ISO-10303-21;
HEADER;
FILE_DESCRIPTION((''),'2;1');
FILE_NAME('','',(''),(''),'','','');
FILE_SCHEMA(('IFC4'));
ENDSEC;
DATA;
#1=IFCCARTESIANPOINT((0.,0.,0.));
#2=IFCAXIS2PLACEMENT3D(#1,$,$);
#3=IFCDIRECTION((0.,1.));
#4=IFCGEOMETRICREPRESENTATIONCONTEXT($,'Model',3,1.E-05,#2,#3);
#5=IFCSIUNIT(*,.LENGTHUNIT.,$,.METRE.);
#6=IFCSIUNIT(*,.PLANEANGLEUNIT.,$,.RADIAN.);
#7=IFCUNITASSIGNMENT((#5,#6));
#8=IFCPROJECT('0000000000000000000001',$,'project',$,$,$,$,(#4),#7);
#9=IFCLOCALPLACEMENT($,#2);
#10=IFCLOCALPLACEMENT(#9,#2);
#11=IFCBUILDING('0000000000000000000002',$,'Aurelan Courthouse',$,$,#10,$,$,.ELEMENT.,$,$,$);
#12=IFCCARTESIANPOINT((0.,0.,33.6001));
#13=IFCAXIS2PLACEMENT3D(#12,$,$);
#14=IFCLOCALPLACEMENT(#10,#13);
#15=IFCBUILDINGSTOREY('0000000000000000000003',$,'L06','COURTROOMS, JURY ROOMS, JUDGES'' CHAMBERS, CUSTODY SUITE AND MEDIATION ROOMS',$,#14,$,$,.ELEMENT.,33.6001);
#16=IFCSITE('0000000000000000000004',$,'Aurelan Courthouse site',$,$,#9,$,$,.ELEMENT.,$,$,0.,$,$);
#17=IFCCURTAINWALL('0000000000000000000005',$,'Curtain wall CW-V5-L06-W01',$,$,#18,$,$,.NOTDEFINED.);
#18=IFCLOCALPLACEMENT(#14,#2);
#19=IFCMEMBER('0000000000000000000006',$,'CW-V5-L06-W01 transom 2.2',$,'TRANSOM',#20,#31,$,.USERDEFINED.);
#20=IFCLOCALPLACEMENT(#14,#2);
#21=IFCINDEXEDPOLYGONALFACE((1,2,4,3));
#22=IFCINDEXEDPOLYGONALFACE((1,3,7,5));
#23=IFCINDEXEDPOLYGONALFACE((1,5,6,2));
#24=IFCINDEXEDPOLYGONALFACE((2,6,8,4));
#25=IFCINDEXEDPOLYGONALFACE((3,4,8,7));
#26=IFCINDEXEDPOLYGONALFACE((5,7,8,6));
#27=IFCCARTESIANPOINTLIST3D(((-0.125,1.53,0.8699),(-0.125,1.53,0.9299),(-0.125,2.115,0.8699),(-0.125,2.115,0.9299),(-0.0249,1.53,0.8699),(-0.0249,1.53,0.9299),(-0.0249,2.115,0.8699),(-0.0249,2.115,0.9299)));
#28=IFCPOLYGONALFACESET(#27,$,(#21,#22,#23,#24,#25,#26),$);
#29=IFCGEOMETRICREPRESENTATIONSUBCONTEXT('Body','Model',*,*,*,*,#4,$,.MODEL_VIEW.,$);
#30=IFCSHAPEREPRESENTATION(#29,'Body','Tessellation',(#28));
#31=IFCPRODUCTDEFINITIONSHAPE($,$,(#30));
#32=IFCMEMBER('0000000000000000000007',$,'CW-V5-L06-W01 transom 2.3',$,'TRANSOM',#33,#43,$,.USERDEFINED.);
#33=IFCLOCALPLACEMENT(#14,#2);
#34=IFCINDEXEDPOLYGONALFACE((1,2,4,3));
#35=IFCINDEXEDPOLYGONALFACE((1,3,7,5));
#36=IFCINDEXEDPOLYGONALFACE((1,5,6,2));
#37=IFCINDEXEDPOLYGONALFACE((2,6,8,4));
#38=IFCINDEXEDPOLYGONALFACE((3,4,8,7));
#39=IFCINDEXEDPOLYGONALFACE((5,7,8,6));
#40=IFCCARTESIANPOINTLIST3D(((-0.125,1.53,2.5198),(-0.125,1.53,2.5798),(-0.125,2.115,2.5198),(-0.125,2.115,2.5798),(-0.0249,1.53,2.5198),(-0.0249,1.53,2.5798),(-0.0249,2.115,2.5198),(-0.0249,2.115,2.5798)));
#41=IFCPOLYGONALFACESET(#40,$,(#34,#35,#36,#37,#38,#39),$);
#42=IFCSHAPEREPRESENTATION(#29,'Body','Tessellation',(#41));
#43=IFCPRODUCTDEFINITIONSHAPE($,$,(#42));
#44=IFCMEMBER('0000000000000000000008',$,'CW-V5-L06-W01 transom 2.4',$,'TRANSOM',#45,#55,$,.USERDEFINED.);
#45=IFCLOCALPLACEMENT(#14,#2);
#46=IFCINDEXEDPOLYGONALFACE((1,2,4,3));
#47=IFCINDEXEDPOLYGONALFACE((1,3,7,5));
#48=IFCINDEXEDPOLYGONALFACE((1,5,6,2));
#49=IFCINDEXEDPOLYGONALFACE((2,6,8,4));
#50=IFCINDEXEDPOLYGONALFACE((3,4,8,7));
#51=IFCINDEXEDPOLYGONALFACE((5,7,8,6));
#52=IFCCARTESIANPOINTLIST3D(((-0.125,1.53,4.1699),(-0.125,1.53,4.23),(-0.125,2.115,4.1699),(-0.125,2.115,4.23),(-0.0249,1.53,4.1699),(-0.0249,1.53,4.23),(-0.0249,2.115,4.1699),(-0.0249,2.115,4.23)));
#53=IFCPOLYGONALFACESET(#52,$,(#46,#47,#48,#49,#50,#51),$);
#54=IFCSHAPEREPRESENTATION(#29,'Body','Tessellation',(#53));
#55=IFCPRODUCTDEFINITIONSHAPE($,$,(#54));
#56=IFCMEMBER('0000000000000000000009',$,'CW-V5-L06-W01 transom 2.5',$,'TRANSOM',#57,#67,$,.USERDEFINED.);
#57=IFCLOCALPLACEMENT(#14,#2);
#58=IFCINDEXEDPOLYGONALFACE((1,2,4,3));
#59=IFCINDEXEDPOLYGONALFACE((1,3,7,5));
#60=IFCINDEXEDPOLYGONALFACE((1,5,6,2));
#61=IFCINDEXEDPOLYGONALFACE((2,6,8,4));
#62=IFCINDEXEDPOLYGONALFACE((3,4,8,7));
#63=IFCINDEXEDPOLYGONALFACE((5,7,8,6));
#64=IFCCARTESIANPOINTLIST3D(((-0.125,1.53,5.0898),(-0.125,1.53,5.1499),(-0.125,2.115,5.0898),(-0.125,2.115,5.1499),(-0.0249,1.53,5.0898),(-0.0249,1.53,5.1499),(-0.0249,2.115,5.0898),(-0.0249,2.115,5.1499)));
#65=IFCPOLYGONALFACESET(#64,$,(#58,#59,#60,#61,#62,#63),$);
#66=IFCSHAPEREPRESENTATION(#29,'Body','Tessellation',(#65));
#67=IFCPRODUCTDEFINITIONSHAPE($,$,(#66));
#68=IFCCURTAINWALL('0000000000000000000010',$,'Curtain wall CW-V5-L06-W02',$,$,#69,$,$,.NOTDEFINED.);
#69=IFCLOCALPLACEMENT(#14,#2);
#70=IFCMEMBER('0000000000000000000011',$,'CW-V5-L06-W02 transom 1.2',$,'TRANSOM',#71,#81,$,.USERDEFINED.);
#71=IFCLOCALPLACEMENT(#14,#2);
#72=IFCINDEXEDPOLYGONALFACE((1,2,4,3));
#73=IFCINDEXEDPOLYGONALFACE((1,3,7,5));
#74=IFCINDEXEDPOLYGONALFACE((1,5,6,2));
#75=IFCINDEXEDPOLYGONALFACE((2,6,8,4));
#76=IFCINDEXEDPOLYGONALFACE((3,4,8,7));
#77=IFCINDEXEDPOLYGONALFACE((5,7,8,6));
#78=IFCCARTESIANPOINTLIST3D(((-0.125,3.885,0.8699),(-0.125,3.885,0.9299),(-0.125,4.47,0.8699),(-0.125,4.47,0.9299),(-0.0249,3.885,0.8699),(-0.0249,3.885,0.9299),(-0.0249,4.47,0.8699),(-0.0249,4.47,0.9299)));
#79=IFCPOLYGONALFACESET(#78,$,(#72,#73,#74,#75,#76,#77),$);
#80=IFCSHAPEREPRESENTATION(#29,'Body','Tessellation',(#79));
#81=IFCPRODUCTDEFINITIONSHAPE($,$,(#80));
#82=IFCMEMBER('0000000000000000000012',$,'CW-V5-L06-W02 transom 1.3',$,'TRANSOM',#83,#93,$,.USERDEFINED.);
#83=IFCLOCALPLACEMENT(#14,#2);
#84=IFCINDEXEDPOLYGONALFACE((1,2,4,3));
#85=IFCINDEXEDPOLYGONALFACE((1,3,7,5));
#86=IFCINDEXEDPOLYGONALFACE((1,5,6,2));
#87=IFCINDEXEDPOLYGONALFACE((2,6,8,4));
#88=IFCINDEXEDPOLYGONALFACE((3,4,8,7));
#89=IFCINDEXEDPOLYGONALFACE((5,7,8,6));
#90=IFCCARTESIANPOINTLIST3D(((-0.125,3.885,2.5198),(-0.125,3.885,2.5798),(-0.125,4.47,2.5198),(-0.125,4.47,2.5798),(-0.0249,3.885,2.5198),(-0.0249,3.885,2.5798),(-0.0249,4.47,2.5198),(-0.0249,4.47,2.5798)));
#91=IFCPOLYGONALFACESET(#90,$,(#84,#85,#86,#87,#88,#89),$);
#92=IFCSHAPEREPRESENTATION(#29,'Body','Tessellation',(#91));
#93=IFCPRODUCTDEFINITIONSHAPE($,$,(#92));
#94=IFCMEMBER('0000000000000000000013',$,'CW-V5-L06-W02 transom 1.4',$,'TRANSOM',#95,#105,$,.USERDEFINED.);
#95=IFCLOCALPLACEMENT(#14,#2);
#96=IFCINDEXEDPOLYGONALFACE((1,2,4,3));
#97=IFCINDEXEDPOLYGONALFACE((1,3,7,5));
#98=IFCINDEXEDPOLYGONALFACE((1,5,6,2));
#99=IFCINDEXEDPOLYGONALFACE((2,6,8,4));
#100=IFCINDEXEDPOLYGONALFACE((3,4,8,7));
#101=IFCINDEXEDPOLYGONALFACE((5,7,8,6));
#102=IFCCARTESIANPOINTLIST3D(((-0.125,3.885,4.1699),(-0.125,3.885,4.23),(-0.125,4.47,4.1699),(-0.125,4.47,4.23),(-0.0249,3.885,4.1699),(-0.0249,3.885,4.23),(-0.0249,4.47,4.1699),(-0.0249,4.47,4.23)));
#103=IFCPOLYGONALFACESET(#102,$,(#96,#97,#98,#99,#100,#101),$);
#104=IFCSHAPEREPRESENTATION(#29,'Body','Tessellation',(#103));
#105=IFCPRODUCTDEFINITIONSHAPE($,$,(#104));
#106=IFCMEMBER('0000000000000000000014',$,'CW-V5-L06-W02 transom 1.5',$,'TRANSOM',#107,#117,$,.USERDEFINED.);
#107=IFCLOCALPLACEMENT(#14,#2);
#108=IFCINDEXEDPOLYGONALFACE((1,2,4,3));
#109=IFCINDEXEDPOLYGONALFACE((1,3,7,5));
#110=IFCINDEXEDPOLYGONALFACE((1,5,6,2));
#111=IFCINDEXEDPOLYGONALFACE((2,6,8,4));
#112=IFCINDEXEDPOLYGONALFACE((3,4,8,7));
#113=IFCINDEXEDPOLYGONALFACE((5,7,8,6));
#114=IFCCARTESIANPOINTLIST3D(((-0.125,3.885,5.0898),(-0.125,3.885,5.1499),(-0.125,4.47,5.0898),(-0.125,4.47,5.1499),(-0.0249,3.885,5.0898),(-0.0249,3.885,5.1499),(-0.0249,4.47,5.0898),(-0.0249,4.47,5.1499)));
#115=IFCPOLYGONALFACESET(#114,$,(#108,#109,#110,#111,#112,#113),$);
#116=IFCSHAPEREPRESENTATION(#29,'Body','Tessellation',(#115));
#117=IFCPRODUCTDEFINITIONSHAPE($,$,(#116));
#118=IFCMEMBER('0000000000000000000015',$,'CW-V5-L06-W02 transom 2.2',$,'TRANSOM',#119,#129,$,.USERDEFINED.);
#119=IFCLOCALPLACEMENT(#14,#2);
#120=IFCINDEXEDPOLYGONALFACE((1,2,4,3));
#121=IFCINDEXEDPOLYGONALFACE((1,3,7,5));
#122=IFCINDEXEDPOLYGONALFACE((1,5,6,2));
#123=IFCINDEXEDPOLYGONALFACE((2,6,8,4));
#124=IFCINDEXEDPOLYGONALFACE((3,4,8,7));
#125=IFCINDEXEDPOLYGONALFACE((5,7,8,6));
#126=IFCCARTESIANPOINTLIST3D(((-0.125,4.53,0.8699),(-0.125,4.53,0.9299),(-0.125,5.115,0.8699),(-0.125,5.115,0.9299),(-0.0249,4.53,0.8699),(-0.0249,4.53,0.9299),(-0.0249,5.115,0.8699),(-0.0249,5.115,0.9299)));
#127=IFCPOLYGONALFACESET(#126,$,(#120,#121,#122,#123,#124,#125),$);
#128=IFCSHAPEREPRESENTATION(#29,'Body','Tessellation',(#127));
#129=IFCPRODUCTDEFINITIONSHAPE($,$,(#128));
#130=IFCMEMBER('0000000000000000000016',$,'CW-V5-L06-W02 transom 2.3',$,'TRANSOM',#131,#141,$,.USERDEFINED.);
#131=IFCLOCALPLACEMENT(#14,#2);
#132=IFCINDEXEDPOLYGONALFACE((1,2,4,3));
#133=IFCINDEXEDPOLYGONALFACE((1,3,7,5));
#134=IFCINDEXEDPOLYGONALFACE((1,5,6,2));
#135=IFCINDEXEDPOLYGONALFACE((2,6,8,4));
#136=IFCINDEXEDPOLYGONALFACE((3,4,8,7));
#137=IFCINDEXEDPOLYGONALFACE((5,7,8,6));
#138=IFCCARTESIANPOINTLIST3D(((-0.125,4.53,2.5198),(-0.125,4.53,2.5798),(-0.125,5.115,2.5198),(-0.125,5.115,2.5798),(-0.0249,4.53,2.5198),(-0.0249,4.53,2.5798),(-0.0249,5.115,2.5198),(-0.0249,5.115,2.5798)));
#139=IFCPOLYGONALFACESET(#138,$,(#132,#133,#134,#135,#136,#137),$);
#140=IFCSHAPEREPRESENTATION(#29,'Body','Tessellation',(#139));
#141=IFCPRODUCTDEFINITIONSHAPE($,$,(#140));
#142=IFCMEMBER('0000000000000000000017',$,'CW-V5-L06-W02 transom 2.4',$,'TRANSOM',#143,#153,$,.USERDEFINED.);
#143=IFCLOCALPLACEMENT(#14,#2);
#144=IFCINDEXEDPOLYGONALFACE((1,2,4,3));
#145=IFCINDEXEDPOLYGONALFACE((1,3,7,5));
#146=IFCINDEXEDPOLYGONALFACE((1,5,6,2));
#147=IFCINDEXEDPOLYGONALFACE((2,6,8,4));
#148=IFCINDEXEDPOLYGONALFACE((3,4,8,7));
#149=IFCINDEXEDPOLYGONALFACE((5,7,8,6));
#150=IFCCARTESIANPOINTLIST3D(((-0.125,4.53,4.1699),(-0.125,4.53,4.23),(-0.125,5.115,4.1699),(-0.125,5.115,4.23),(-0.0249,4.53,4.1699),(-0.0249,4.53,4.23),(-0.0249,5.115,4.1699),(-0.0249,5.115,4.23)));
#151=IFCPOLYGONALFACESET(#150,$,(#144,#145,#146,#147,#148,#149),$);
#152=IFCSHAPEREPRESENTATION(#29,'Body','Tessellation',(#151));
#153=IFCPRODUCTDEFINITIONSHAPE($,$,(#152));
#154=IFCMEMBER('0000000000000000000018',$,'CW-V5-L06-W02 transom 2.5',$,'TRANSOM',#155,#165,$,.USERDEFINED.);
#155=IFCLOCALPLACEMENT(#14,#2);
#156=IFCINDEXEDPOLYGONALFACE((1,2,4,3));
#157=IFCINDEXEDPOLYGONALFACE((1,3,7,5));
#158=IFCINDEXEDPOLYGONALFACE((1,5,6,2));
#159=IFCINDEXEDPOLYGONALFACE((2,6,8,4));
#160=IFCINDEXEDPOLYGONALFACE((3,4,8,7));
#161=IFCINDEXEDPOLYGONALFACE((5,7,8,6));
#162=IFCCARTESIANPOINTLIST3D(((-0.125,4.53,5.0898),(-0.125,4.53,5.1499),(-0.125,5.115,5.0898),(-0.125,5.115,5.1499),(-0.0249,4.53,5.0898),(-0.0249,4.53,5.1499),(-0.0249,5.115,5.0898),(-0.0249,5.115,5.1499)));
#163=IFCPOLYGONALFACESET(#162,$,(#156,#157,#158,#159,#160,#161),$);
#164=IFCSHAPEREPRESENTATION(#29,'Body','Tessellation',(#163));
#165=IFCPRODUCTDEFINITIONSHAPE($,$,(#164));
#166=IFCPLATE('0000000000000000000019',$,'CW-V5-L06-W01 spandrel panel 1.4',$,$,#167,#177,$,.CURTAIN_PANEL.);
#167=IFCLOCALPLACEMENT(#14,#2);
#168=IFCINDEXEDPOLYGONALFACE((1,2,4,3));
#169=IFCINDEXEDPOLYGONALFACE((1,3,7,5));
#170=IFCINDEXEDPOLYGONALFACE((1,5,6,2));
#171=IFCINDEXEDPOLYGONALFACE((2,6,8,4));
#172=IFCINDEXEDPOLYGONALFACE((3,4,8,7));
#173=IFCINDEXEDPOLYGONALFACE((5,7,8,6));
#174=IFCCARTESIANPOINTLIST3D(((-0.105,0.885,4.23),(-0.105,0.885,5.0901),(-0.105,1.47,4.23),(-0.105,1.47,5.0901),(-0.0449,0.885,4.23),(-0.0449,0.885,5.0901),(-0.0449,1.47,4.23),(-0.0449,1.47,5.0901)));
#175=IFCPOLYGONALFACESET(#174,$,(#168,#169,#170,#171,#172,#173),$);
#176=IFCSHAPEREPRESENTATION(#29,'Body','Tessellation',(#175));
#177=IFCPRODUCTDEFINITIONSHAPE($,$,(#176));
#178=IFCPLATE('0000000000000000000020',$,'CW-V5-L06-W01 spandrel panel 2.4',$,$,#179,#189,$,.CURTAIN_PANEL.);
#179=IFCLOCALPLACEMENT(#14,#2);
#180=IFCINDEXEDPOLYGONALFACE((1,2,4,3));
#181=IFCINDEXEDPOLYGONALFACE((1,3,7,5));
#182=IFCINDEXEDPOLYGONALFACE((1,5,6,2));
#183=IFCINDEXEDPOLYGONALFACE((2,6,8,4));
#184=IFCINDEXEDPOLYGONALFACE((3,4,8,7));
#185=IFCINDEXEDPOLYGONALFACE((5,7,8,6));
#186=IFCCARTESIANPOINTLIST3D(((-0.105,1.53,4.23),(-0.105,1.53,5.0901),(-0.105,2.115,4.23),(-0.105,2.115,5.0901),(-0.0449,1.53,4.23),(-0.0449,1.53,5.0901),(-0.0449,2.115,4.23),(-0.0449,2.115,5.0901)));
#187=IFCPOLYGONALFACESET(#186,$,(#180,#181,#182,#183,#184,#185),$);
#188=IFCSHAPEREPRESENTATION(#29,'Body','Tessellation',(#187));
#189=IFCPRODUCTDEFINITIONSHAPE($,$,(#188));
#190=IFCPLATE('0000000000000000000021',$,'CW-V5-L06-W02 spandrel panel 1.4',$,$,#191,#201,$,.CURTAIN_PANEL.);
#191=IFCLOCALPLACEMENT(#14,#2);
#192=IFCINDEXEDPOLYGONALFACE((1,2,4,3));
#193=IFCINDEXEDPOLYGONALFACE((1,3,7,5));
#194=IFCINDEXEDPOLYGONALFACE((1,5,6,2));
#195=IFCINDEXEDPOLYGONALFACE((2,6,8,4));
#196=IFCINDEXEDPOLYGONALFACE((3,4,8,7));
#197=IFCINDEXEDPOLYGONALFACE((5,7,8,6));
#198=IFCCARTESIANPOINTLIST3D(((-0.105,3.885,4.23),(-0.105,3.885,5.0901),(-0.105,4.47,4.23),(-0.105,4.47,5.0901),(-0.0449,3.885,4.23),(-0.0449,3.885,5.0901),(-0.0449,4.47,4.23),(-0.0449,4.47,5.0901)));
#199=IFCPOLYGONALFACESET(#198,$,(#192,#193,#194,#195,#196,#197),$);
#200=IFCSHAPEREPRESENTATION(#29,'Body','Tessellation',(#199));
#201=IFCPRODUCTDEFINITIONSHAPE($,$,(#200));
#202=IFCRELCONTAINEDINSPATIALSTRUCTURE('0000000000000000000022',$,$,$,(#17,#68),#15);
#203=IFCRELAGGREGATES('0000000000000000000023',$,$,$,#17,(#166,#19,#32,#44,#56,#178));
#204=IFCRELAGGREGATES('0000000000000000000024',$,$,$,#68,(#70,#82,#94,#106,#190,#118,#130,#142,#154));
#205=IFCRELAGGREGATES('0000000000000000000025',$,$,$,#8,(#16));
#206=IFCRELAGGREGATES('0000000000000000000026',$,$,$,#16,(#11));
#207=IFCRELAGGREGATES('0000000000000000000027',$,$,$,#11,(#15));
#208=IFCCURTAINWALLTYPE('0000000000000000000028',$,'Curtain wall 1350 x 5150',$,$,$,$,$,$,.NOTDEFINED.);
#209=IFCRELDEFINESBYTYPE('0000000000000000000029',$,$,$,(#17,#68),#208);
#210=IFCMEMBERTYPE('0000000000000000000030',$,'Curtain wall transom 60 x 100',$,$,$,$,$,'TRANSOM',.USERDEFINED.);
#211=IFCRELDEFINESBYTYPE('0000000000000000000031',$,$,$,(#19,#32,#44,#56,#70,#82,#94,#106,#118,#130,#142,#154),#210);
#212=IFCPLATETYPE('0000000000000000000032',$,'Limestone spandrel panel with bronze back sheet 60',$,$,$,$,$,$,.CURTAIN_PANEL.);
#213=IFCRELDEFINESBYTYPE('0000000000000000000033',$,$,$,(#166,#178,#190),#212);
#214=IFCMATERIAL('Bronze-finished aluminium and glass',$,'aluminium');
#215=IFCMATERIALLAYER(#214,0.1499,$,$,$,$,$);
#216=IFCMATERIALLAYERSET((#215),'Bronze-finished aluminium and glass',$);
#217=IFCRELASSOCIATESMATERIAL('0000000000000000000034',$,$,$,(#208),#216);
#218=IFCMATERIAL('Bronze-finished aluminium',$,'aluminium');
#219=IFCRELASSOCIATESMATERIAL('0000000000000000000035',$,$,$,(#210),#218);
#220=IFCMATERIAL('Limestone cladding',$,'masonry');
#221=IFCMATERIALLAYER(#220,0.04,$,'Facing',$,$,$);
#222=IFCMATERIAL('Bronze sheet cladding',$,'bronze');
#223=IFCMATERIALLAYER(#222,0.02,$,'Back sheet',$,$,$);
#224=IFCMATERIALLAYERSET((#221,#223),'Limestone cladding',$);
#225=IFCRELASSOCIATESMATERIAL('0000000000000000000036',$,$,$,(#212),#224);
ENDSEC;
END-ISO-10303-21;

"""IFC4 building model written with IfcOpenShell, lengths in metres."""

from ifc_helpers import new_model, si_unit, direction, frame, origin, origin_2d, place, context, subcontext, project, spatial, rectangle, extrude, material, layer, layer_set, material_profile, profile_set, type_object, element, aggregate, save


model = new_model("IFC4")

# Units and contexts
model_context = context("Model", 3, precision=1e-05, world=origin(), true_north=direction((0.0, 1.0)))
body_context = subcontext(model_context, "Body", "Model", "MODEL_VIEW")
ifc_project = project(units=[si_unit("LENGTHUNIT", "METRE"), si_unit("PLANEANGLEUNIT", "RADIAN")], contexts=[model_context])

# Site, building, storey
site_placement = place(None, origin())
site = spatial("IfcSite", under=ifc_project, at=site_placement, Name="Aurelan Courthouse site", CompositionType="ELEMENT", RefElevation=0.0)
building_placement = place(site_placement, origin())
building = spatial("IfcBuilding", under=site, at=building_placement, Name="Aurelan Courthouse", CompositionType="ELEMENT")
storey_placement = place(building_placement, frame((0.0, 0.0, 33.6001)))
storey = spatial("IfcBuildingStorey", under=building, at=storey_placement, Name="L06", Description="COURTROOMS, JURY ROOMS, JUDGES' CHAMBERS, CUSTODY SUITE AND MEDIATION ROOMS", CompositionType="ELEMENT", Elevation=33.6001)

# Curtain walls, members
ifc_material_1 = material(Name="Bronze-finished aluminium and glass", Category="aluminium")
ifc_layer_1 = layer(ifc_material_1, 0.1499)
ifc_layer_set_1 = layer_set([ifc_layer_1], Name="Bronze-finished aluminium and glass")
curtain_wall_type = type_object("IfcCurtainWallType", Name="Curtain wall 1350 x 5150", PredefinedType="NOTDEFINED", material=ifc_layer_set_1)
curtain_wall_1_placement = place(storey_placement, origin())
curtain_wall_1 = element("IfcCurtainWall", 1, at=curtain_wall_1_placement, inside=storey, type_object=curtain_wall_type, Name="Curtain wall CW-V5-L06-W01", PredefinedType="NOTDEFINED")
ifc_material_2 = material(Name="Bronze-finished aluminium", Category="aluminium")
ifc_material_profile = material_profile(ifc_material_2, rectangle(XDim=0.1001, YDim=0.0601, at=origin_2d()), Name="Bronze transom 60 x 100")
ifc_profile_set = profile_set([ifc_material_profile], Name="Bronze-finished aluminium")
member_type = type_object("IfcMemberType", Name="Curtain wall transom 60 x 100", ElementType="TRANSOM", PredefinedType="USERDEFINED", material=ifc_profile_set)
member_1_placement = place(storey_placement, frame((-0.075, 1.53, 0.8999), z_axis=(0.0, 1.0, 0.0), x_axis=(-1.0, 0.0, 0.0)))
member_1 = element("IfcMember", 2, at=member_1_placement, type_object=member_type, Name="CW-V5-L06-W01 transom 2.2", ObjectType="TRANSOM", PredefinedType="USERDEFINED", context=body_context, shape_type="SweptSolid", body=[
    extrude(rectangle(XDim=0.1001, YDim=0.0601, at=origin_2d()), origin(), (0.0, 0.0, 1.0), 0.585),
])
member_2_placement = place(storey_placement, frame((-0.075, 1.53, 2.5498), z_axis=(0.0, 1.0, 0.0), x_axis=(-1.0, 0.0, 0.0)))
member_2 = element("IfcMember", 3, at=member_2_placement, type_object=member_type, Name="CW-V5-L06-W01 transom 2.3", ObjectType="TRANSOM", PredefinedType="USERDEFINED", context=body_context, shape_type="SweptSolid", body=[
    extrude(rectangle(XDim=0.1001, YDim=0.0601, at=origin_2d()), origin(), (0.0, 0.0, 1.0), 0.585),
])
member_3_placement = place(storey_placement, frame((-0.075, 1.53, 4.2), z_axis=(0.0, 1.0, 0.0), x_axis=(-1.0, 0.0, 0.0)))
member_3 = element("IfcMember", 4, at=member_3_placement, type_object=member_type, Name="CW-V5-L06-W01 transom 2.4", ObjectType="TRANSOM", PredefinedType="USERDEFINED", context=body_context, shape_type="SweptSolid", body=[
    extrude(rectangle(XDim=0.1001, YDim=0.0601, at=origin_2d()), origin(), (0.0, 0.0, 1.0), 0.585),
])
member_4_placement = place(storey_placement, frame((-0.075, 1.53, 5.1199), z_axis=(0.0, 1.0, 0.0), x_axis=(-1.0, 0.0, 0.0)))
member_4 = element("IfcMember", 5, at=member_4_placement, type_object=member_type, Name="CW-V5-L06-W01 transom 2.5", ObjectType="TRANSOM", PredefinedType="USERDEFINED", context=body_context, shape_type="SweptSolid", body=[
    extrude(rectangle(XDim=0.1001, YDim=0.0601, at=origin_2d()), origin(), (0.0, 0.0, 1.0), 0.585),
])
curtain_wall_2_placement = place(storey_placement, origin())
curtain_wall_2 = element("IfcCurtainWall", 6, at=curtain_wall_2_placement, inside=storey, type_object=curtain_wall_type, Name="Curtain wall CW-V5-L06-W02", PredefinedType="NOTDEFINED")
member_5_placement = place(storey_placement, frame((-0.075, 3.885, 0.8999), z_axis=(0.0, 1.0, 0.0), x_axis=(-1.0, 0.0, 0.0)))
member_5 = element("IfcMember", 7, at=member_5_placement, type_object=member_type, Name="CW-V5-L06-W02 transom 1.2", ObjectType="TRANSOM", PredefinedType="USERDEFINED", context=body_context, shape_type="SweptSolid", body=[
    extrude(rectangle(XDim=0.1001, YDim=0.0601, at=origin_2d()), origin(), (0.0, 0.0, 1.0), 0.585),
])
member_6_placement = place(storey_placement, frame((-0.075, 3.885, 2.5498), z_axis=(0.0, 1.0, 0.0), x_axis=(-1.0, 0.0, 0.0)))
member_6 = element("IfcMember", 8, at=member_6_placement, type_object=member_type, Name="CW-V5-L06-W02 transom 1.3", ObjectType="TRANSOM", PredefinedType="USERDEFINED", context=body_context, shape_type="SweptSolid", body=[
    extrude(rectangle(XDim=0.1001, YDim=0.0601, at=origin_2d()), origin(), (0.0, 0.0, 1.0), 0.585),
])
member_7_placement = place(storey_placement, frame((-0.075, 3.885, 4.2), z_axis=(0.0, 1.0, 0.0), x_axis=(-1.0, 0.0, 0.0)))
member_7 = element("IfcMember", 9, at=member_7_placement, type_object=member_type, Name="CW-V5-L06-W02 transom 1.4", ObjectType="TRANSOM", PredefinedType="USERDEFINED", context=body_context, shape_type="SweptSolid", body=[
    extrude(rectangle(XDim=0.1001, YDim=0.0601, at=origin_2d()), origin(), (0.0, 0.0, 1.0), 0.585),
])
member_8_placement = place(storey_placement, frame((-0.075, 3.885, 5.1199), z_axis=(0.0, 1.0, 0.0), x_axis=(-1.0, 0.0, 0.0)))
member_8 = element("IfcMember", 10, at=member_8_placement, type_object=member_type, Name="CW-V5-L06-W02 transom 1.5", ObjectType="TRANSOM", PredefinedType="USERDEFINED", context=body_context, shape_type="SweptSolid", body=[
    extrude(rectangle(XDim=0.1001, YDim=0.0601, at=origin_2d()), origin(), (0.0, 0.0, 1.0), 0.585),
])
member_9_placement = place(storey_placement, frame((-0.075, 4.53, 0.8999), z_axis=(0.0, 1.0, 0.0), x_axis=(-1.0, 0.0, 0.0)))
member_9 = element("IfcMember", 11, at=member_9_placement, type_object=member_type, Name="CW-V5-L06-W02 transom 2.2", ObjectType="TRANSOM", PredefinedType="USERDEFINED", context=body_context, shape_type="SweptSolid", body=[
    extrude(rectangle(XDim=0.1001, YDim=0.0601, at=origin_2d()), origin(), (0.0, 0.0, 1.0), 0.585),
])
member_10_placement = place(storey_placement, frame((-0.075, 4.53, 2.5498), z_axis=(0.0, 1.0, 0.0), x_axis=(-1.0, 0.0, 0.0)))
member_10 = element("IfcMember", 12, at=member_10_placement, type_object=member_type, Name="CW-V5-L06-W02 transom 2.3", ObjectType="TRANSOM", PredefinedType="USERDEFINED", context=body_context, shape_type="SweptSolid", body=[
    extrude(rectangle(XDim=0.1001, YDim=0.0601, at=origin_2d()), origin(), (0.0, 0.0, 1.0), 0.585),
])
member_11_placement = place(storey_placement, frame((-0.075, 4.53, 4.2), z_axis=(0.0, 1.0, 0.0), x_axis=(-1.0, 0.0, 0.0)))
member_11 = element("IfcMember", 13, at=member_11_placement, type_object=member_type, Name="CW-V5-L06-W02 transom 2.4", ObjectType="TRANSOM", PredefinedType="USERDEFINED", context=body_context, shape_type="SweptSolid", body=[
    extrude(rectangle(XDim=0.1001, YDim=0.0601, at=origin_2d()), origin(), (0.0, 0.0, 1.0), 0.585),
])
member_12_placement = place(storey_placement, frame((-0.075, 4.53, 5.1199), z_axis=(0.0, 1.0, 0.0), x_axis=(-1.0, 0.0, 0.0)))
member_12 = element("IfcMember", 14, at=member_12_placement, type_object=member_type, Name="CW-V5-L06-W02 transom 2.5", ObjectType="TRANSOM", PredefinedType="USERDEFINED", context=body_context, shape_type="SweptSolid", body=[
    extrude(rectangle(XDim=0.1001, YDim=0.0601, at=origin_2d()), origin(), (0.0, 0.0, 1.0), 0.585),
])

# Plates
ifc_material_3 = material(Name="Limestone cladding", Category="masonry")
ifc_layer_2 = layer(ifc_material_3, 0.04, Name="Facing")
ifc_material_4 = material(Name="Bronze sheet cladding", Category="bronze")
ifc_layer_3 = layer(ifc_material_4, 0.02, Name="Back sheet")
ifc_layer_set_2 = layer_set([ifc_layer_2, ifc_layer_3], Name="Limestone cladding")
plate_type_1 = type_object("IfcPlateType", Name="Limestone spandrel panel with bronze back sheet 60", PredefinedType="CURTAIN_PANEL", material=ifc_layer_set_2)
plate_1_placement = place(storey_placement, frame((-0.075, 1.1775, 4.23), z_axis=(0.0, 0.0, 1.0), x_axis=(0.0, 1.0, 0.0)))
plate_1 = element("IfcPlate", 15, at=plate_1_placement, type_object=plate_type_1, Name="CW-V5-L06-W01 spandrel panel 1.4", PredefinedType="CURTAIN_PANEL", context=body_context, shape_type="SweptSolid", body=[
    extrude(rectangle(XDim=0.585, YDim=0.0601, at=origin_2d()), origin(), (0.0, 0.0, 1.0), 0.8601),
])
plate_2_placement = place(storey_placement, frame((-0.075, 1.8225, 4.23), z_axis=(0.0, 0.0, 1.0), x_axis=(0.0, 1.0, 0.0)))
plate_2 = element("IfcPlate", 16, at=plate_2_placement, type_object=plate_type_1, Name="CW-V5-L06-W01 spandrel panel 2.4", PredefinedType="CURTAIN_PANEL", context=body_context, shape_type="SweptSolid", body=[
    extrude(rectangle(XDim=0.585, YDim=0.0601, at=origin_2d()), origin(), (0.0, 0.0, 1.0), 0.8601),
])
plate_3_placement = place(storey_placement, frame((-0.075, 4.1775, 4.23), z_axis=(0.0, 0.0, 1.0), x_axis=(0.0, 1.0, 0.0)))
plate_3 = element("IfcPlate", 17, at=plate_3_placement, type_object=plate_type_1, Name="CW-V5-L06-W02 spandrel panel 1.4", PredefinedType="CURTAIN_PANEL", context=body_context, shape_type="SweptSolid", body=[
    extrude(rectangle(XDim=0.585, YDim=0.0601, at=origin_2d()), origin(), (0.0, 0.0, 1.0), 0.8601),
])
aggregate(curtain_wall_1, [plate_1, member_1, member_2, member_3, member_4, plate_2])
aggregate(curtain_wall_2, [member_5, member_6, member_7, member_8, plate_3, member_9, member_10, member_11, member_12])

save(model, "model.ifc")
